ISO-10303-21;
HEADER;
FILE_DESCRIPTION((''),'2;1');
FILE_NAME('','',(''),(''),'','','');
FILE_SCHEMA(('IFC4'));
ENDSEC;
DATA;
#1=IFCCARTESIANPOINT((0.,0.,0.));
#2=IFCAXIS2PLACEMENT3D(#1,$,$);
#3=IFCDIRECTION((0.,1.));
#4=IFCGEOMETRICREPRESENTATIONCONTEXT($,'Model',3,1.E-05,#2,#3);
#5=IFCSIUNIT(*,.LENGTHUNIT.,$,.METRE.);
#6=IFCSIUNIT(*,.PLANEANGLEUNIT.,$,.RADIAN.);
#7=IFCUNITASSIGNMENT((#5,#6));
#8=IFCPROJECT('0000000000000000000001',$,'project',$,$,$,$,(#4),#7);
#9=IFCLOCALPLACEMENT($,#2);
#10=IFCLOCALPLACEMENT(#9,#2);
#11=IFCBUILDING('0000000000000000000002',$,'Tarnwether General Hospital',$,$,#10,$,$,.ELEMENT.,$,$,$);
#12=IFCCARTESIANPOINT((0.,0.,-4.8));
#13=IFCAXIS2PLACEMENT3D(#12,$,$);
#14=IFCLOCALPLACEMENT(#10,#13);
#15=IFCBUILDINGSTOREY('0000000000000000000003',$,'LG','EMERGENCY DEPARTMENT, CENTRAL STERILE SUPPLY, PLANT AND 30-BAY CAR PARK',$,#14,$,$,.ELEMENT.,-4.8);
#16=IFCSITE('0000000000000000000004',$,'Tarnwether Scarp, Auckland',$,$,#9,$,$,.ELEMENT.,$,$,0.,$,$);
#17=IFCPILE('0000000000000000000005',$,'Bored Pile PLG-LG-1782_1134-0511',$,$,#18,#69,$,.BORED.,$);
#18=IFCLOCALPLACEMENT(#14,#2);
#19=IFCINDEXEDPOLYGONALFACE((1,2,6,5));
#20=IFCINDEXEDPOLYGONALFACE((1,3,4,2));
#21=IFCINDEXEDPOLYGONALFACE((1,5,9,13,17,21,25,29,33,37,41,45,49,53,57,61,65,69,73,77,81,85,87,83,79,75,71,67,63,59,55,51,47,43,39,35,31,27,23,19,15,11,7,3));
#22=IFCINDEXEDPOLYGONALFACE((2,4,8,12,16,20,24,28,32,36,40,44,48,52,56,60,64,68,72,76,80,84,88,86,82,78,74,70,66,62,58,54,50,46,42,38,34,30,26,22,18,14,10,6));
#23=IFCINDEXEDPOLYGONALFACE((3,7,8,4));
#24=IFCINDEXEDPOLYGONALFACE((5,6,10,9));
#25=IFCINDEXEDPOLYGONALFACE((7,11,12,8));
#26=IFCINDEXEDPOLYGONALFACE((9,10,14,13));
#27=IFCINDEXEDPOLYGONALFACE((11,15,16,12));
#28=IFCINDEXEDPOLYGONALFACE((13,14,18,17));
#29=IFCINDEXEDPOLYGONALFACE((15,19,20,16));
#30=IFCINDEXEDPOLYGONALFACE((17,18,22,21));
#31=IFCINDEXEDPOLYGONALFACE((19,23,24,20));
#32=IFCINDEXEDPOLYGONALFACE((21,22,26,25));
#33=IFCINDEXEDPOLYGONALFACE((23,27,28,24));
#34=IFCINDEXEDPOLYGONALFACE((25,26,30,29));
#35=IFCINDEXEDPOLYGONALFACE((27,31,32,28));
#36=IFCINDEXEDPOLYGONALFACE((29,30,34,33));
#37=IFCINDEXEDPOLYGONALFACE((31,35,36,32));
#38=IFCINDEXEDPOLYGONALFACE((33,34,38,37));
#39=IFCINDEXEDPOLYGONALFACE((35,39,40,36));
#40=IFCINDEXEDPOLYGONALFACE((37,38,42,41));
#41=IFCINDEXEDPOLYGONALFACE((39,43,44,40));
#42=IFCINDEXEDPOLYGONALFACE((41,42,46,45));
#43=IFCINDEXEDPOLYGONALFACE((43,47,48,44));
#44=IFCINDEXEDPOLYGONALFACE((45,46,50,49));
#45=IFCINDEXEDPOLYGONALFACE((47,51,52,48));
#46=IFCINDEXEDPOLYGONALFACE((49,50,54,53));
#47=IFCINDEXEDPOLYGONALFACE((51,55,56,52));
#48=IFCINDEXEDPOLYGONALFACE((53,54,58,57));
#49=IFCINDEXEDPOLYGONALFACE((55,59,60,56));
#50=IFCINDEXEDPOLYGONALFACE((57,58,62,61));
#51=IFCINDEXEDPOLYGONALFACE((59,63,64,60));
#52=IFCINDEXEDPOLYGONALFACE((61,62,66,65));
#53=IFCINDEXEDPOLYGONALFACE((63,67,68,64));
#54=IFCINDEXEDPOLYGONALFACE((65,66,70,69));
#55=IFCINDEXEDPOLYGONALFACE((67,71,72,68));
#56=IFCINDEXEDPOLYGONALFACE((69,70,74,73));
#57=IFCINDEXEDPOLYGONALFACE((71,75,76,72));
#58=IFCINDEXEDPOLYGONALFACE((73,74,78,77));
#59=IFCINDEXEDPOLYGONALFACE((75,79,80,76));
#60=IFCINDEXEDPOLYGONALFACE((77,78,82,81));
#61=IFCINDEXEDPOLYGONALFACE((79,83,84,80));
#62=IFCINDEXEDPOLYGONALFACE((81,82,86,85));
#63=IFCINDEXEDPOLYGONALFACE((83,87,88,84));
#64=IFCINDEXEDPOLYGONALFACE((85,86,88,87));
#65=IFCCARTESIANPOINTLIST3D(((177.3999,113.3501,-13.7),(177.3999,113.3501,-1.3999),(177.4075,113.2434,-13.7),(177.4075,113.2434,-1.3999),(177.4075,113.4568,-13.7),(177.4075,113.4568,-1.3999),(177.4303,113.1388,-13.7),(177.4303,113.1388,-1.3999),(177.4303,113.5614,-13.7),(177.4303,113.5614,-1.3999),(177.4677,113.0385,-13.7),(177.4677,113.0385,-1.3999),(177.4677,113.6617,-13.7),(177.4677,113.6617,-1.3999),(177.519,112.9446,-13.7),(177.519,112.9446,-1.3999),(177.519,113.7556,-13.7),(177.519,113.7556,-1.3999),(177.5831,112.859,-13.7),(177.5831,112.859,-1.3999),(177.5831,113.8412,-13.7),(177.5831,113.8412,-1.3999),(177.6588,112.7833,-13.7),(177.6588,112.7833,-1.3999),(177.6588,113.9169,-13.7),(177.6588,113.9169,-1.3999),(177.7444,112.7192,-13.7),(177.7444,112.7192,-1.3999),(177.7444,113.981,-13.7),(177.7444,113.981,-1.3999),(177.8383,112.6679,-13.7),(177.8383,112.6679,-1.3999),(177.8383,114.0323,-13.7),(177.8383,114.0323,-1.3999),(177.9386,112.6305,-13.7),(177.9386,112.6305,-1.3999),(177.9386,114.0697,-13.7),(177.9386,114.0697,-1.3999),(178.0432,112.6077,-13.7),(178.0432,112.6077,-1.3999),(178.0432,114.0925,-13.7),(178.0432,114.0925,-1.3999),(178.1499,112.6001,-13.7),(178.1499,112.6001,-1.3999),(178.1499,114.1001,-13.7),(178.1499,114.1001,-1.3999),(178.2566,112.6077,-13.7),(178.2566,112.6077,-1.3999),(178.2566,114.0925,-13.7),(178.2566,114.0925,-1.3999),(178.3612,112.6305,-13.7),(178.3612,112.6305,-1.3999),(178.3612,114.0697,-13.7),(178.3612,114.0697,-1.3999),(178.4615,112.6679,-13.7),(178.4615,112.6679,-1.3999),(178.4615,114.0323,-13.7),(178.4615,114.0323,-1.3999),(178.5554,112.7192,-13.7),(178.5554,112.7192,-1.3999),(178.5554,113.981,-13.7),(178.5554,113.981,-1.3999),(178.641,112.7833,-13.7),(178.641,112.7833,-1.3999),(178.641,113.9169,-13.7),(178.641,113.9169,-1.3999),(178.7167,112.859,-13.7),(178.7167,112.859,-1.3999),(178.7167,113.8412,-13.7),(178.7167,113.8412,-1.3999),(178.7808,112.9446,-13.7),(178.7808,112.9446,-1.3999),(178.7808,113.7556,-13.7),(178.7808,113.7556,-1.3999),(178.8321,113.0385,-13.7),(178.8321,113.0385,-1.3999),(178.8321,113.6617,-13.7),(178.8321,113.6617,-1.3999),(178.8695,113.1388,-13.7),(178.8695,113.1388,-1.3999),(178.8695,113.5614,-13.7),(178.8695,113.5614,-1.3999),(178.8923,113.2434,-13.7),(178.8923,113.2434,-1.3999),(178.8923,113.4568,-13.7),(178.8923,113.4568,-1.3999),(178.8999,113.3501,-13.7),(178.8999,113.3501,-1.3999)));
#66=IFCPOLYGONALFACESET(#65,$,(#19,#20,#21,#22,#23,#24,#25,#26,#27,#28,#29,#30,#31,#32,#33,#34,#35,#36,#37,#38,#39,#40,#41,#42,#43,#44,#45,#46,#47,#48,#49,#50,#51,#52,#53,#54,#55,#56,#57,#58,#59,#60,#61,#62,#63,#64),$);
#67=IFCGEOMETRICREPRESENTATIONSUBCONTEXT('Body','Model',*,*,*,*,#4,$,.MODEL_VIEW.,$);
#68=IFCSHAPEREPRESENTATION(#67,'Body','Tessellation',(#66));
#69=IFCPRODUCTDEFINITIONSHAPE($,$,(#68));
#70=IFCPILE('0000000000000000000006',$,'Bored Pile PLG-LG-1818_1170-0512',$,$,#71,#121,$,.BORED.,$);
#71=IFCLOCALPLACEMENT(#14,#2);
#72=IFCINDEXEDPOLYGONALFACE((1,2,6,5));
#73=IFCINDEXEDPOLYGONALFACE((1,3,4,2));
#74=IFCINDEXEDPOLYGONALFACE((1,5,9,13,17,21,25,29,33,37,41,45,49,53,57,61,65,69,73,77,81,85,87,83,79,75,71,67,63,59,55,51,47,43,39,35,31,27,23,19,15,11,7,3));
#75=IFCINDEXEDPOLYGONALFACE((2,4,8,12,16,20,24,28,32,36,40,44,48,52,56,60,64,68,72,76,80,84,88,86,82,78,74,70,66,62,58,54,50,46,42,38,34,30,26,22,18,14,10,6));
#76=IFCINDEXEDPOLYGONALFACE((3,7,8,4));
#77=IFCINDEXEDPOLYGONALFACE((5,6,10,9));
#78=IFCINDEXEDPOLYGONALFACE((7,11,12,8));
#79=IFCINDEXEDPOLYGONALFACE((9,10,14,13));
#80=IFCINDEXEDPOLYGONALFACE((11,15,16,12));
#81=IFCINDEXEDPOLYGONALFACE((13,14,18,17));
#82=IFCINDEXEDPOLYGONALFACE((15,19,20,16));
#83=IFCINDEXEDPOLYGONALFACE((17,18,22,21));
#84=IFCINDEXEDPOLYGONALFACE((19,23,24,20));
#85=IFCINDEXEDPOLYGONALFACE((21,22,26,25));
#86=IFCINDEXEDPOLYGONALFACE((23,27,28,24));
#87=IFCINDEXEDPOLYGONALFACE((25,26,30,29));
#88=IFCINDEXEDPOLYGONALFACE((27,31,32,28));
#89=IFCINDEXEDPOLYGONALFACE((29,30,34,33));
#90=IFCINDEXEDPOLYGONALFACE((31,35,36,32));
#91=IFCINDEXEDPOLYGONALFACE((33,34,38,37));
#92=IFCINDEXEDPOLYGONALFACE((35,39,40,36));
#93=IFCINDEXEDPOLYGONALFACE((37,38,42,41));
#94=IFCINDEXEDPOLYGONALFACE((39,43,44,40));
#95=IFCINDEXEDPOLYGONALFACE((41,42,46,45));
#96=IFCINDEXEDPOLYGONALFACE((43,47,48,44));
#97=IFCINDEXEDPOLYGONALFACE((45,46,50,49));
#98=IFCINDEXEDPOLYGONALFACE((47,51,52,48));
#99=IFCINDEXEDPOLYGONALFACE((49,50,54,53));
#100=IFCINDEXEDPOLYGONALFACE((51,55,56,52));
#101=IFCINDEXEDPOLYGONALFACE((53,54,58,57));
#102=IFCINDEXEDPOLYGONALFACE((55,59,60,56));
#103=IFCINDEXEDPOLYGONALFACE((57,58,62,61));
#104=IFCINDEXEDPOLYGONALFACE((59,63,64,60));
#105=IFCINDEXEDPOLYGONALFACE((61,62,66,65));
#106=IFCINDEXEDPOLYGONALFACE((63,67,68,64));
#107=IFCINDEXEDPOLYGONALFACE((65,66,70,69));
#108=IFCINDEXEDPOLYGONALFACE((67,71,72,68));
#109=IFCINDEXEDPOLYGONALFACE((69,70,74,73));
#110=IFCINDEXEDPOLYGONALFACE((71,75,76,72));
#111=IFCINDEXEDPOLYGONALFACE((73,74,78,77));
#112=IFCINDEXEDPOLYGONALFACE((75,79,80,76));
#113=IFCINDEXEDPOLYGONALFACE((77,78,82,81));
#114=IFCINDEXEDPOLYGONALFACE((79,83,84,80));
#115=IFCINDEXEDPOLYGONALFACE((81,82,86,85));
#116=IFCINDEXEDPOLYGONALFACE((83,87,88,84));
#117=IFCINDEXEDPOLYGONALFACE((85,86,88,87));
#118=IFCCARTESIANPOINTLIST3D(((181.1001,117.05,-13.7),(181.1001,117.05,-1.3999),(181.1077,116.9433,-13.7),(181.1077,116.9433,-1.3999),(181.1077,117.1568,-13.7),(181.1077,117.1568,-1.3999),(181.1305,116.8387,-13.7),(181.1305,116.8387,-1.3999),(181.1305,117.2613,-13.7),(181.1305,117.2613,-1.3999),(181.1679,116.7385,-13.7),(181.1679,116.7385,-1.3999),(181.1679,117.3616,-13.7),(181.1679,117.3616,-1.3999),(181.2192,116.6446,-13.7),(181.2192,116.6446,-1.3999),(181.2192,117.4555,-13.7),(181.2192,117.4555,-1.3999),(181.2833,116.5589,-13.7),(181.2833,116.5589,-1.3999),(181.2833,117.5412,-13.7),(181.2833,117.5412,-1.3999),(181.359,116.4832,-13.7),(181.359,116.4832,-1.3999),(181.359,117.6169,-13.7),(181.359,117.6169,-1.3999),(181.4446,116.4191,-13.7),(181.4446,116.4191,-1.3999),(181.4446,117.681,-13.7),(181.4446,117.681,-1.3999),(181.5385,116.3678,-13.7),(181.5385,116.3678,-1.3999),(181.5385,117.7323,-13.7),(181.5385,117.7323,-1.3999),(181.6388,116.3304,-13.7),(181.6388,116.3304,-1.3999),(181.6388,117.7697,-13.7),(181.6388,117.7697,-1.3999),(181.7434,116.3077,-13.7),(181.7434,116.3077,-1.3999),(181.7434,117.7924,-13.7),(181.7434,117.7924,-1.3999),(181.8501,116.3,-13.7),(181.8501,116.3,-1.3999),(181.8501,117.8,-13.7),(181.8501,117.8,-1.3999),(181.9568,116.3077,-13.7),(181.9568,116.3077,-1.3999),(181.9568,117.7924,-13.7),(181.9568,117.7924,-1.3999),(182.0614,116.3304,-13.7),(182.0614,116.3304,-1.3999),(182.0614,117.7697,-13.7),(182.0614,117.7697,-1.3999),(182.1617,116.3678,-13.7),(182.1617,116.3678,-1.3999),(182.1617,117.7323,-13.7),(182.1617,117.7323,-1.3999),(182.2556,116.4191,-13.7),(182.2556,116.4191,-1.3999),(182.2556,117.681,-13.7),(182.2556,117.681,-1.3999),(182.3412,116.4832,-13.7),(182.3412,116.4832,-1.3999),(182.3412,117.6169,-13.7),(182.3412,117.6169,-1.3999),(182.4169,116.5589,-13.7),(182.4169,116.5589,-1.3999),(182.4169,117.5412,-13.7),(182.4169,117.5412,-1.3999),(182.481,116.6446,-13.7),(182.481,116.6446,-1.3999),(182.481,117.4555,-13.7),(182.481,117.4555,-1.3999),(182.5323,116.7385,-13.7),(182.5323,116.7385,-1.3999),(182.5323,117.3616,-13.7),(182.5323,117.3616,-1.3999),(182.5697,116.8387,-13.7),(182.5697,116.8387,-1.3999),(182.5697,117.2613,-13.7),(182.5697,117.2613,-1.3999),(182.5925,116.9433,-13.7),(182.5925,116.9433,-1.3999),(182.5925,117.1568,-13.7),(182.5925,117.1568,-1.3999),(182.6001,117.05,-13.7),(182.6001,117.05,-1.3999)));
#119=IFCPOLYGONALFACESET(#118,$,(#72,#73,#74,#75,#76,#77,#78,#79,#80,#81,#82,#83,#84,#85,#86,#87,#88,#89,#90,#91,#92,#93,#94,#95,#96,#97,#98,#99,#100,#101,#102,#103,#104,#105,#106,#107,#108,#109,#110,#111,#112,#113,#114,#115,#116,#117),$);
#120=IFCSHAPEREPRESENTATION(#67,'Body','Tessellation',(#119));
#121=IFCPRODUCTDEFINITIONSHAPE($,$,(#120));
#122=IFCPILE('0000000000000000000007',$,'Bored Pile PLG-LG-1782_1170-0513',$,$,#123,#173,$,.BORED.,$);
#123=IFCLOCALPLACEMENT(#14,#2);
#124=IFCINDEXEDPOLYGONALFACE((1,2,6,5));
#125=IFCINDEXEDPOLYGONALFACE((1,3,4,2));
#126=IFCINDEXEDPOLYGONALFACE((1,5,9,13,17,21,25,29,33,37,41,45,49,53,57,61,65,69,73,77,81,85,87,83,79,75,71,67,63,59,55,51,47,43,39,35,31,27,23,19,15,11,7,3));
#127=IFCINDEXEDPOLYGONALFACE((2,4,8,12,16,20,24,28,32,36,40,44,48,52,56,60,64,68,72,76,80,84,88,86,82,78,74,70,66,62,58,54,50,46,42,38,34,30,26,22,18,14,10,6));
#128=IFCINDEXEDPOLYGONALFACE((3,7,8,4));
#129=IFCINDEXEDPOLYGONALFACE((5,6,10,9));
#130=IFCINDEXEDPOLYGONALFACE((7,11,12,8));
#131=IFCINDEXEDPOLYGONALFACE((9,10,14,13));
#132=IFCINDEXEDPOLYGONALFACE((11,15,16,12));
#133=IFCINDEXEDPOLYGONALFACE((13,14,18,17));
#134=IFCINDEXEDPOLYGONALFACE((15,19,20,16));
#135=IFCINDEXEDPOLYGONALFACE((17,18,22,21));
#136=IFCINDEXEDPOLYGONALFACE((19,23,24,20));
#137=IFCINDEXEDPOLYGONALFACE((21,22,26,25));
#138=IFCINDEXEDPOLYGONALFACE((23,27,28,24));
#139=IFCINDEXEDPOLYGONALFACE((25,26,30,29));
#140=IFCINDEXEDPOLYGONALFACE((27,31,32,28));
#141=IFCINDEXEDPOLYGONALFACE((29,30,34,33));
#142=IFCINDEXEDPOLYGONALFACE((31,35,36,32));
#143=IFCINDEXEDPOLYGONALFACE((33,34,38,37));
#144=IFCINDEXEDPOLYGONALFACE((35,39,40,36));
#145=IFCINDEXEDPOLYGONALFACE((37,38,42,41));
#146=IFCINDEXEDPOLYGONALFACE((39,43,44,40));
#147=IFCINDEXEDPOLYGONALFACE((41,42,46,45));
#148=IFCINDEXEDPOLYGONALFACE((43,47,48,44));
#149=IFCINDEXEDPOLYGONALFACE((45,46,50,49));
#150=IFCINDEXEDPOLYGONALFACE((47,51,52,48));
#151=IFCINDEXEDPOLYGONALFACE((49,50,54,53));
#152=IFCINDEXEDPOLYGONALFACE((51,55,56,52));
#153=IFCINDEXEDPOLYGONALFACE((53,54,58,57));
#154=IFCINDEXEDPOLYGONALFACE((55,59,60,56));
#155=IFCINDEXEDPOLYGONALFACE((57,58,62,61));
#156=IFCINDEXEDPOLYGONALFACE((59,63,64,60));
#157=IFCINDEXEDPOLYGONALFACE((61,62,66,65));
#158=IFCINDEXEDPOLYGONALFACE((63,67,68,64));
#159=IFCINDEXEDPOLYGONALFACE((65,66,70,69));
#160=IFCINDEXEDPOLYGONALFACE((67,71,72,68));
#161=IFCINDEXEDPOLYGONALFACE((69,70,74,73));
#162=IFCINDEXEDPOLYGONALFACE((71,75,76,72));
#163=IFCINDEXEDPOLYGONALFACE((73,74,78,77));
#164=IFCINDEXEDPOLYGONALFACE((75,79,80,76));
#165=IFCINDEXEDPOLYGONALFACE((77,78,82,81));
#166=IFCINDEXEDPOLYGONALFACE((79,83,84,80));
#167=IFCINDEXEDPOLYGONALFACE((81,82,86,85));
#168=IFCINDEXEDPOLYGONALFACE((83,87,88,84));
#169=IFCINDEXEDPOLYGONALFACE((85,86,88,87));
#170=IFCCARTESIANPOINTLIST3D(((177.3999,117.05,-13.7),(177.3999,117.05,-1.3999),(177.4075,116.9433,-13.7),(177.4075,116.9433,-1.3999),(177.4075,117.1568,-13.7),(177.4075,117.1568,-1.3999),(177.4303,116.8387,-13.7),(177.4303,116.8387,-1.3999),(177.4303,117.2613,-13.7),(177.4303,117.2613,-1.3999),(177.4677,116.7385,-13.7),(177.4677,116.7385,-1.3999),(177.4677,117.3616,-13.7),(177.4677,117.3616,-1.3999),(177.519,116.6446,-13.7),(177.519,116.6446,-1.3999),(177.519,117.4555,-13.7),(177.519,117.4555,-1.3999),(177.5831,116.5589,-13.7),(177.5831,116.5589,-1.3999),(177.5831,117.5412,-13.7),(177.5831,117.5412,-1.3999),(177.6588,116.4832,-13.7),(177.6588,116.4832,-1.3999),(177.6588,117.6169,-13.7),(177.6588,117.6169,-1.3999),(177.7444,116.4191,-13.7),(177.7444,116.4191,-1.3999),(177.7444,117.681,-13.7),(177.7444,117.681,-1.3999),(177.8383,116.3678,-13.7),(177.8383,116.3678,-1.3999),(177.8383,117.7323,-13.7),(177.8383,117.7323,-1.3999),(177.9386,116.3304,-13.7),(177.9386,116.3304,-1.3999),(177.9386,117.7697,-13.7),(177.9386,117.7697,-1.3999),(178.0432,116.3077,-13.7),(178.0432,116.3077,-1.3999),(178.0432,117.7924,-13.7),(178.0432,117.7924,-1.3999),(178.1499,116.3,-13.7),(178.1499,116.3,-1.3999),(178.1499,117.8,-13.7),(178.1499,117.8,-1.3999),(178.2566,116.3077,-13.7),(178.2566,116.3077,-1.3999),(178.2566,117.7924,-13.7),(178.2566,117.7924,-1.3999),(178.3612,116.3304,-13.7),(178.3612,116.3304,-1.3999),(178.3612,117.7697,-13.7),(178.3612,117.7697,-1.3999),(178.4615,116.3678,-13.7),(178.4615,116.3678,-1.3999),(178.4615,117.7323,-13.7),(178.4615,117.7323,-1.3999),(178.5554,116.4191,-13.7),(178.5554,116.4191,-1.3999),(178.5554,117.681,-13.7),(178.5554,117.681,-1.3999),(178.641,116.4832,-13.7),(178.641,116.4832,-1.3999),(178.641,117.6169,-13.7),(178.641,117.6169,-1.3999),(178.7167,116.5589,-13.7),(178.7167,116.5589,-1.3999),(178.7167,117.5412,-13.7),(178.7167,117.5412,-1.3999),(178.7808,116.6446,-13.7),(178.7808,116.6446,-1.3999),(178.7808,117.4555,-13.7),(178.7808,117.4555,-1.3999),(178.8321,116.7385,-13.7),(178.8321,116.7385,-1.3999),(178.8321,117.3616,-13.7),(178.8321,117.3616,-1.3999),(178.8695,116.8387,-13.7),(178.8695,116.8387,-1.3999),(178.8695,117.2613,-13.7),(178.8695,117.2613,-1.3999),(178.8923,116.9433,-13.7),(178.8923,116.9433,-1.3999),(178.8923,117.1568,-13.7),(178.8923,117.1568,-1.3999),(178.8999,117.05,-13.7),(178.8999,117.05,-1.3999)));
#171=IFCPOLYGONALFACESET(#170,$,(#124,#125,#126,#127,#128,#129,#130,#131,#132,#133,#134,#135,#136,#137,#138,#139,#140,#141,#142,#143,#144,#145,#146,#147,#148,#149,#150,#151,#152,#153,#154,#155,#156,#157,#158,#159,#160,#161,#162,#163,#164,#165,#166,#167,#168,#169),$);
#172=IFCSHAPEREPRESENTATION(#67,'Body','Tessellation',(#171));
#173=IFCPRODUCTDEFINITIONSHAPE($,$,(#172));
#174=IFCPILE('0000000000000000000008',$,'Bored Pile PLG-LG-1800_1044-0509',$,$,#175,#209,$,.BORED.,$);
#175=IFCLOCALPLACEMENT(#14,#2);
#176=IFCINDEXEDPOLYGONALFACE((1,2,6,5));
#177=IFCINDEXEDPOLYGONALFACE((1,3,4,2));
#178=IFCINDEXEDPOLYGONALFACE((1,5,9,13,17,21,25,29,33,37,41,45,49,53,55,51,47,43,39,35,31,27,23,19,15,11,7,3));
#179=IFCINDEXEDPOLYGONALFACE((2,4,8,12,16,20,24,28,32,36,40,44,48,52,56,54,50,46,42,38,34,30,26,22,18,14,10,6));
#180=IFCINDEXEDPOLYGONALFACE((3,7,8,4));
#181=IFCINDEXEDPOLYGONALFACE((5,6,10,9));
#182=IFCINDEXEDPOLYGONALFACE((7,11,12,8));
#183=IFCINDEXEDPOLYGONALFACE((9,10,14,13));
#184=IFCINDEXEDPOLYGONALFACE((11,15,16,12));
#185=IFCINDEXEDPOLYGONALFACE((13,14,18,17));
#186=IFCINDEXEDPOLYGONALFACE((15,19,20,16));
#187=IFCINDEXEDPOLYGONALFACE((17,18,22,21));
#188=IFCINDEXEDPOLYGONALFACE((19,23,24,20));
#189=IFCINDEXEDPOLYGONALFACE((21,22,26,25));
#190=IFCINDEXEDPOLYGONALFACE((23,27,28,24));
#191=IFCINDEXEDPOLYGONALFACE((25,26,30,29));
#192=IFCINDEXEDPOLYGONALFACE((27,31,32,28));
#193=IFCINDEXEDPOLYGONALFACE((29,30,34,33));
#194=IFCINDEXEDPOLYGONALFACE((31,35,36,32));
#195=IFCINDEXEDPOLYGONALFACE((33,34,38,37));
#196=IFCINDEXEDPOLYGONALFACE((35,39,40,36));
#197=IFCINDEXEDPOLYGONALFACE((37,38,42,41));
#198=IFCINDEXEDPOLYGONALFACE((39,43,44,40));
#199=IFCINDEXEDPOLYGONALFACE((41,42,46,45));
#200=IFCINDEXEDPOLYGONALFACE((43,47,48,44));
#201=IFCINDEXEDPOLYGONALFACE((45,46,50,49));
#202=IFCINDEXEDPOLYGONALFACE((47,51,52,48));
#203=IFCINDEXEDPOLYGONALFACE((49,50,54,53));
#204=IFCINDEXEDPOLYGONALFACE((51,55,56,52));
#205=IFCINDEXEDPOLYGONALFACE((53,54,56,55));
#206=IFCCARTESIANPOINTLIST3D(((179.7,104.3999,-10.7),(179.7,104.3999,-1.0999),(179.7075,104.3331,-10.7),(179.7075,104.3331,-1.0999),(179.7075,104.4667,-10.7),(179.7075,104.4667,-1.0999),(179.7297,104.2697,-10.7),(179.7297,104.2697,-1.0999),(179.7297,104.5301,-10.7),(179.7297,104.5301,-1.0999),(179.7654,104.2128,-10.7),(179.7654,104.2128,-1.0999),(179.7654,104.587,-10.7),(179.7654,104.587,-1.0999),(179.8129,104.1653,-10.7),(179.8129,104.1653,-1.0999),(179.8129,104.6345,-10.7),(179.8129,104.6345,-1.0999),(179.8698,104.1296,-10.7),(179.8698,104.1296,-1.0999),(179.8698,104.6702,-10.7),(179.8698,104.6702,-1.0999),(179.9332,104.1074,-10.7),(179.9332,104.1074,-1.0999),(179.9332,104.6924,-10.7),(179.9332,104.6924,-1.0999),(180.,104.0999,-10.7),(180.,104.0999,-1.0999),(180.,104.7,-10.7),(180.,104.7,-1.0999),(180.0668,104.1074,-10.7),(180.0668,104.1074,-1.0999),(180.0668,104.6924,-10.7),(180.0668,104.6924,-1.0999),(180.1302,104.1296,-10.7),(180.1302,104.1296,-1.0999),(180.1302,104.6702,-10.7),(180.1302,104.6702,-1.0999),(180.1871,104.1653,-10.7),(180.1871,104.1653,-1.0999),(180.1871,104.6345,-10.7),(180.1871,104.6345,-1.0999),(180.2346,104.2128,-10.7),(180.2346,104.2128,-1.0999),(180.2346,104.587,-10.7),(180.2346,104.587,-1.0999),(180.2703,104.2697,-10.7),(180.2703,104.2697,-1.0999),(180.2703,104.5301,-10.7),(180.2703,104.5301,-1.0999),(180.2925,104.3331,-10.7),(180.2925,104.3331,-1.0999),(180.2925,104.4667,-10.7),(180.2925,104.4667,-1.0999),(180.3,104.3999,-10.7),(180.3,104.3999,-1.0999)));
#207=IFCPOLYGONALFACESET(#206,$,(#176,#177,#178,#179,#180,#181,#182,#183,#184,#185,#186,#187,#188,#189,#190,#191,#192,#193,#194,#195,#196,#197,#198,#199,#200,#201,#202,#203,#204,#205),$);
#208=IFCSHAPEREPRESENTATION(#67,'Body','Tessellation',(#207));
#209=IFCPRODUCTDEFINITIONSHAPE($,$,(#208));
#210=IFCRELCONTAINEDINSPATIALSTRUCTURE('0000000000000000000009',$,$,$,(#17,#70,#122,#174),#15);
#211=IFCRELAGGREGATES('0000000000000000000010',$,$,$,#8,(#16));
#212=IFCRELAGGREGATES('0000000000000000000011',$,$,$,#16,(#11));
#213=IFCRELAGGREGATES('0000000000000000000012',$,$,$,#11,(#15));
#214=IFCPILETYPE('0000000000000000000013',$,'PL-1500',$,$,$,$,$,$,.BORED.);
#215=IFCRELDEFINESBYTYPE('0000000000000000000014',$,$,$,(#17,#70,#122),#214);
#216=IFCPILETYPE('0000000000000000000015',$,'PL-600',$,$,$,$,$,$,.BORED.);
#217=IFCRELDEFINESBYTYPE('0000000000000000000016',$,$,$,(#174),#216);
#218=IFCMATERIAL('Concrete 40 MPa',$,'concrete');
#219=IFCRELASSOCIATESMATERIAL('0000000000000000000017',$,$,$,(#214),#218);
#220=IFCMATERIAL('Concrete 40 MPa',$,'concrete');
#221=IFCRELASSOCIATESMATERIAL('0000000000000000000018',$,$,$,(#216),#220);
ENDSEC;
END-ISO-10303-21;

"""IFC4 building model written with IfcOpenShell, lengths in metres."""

from ifc_helpers import new_model, si_unit, direction, frame, origin, origin_2d, place, context, subcontext, project, spatial, circle, extrude, material, material_profile, profile_set, type_object, element, save


model = new_model("IFC4")

# Units and contexts
model_context = context("Model", 3, precision=1e-05, world=origin(), true_north=direction((0.0, 1.0)))
body_context = subcontext(model_context, "Body", "Model", "MODEL_VIEW")
ifc_project = project(units=[si_unit("LENGTHUNIT", "METRE"), si_unit("PLANEANGLEUNIT", "RADIAN")], contexts=[model_context])

# Site, building, storey
site_placement = place(None, origin())
site = spatial("IfcSite", under=ifc_project, at=site_placement, Name="Tarnwether Scarp, Auckland", CompositionType="ELEMENT", RefElevation=0.0)
building_placement = place(site_placement, origin())
building = spatial("IfcBuilding", under=site, at=building_placement, Name="Tarnwether General Hospital", CompositionType="ELEMENT")
storey_placement = place(building_placement, frame((0.0, 0.0, -4.8)))
storey = spatial("IfcBuildingStorey", under=building, at=storey_placement, Name="LG", Description="EMERGENCY DEPARTMENT, CENTRAL STERILE SUPPLY, PLANT AND 30-BAY CAR PARK", CompositionType="ELEMENT", Elevation=-4.8)

# Piles
ifc_material_1 = material(Name="Concrete 40 MPa", Category="concrete")
ifc_material_profile_1 = material_profile(ifc_material_1, circle(Radius=0.75, at=origin_2d()), Name="PILE-D1500")
ifc_profile_set_1 = profile_set([ifc_material_profile_1], Name="Concrete 40 MPa")
pile_type_1 = type_object("IfcPileType", Name="PL-1500", PredefinedType="BORED", material=ifc_profile_set_1)
for number, where, z_axis, x_axis, name in (
    (1, (178.1499, 113.3501, -1.3999), (0.0, 0.0, -1.0), (1.0, 0.0, 0.0), "Bored Pile PLG-LG-1782_1134-0511"),
    (2, (181.8501, 117.05, -1.3999), (0.0, 0.0, -1.0), (1.0, 0.0, 0.0), "Bored Pile PLG-LG-1818_1170-0512"),
    (3, (178.1499, 117.05, -1.3999), (0.0, 0.0, -1.0), (1.0, 0.0, 0.0), "Bored Pile PLG-LG-1782_1170-0513"),
):
    element("IfcPile", number, at=place(storey_placement, frame(where, z_axis=z_axis, x_axis=x_axis)), inside=storey, type_object=pile_type_1, Name=name, PredefinedType="BORED", context=body_context, shape_type="SweptSolid", body=[
        extrude(circle(Radius=0.75, at=origin_2d()), origin(), (0.0, 0.0, 1.0), 12.3),
    ])
ifc_material_2 = material(Name="Concrete 40 MPa", Category="concrete")
ifc_material_profile_2 = material_profile(ifc_material_2, circle(Radius=0.3, at=origin_2d()), Name="PILE-D600")
ifc_profile_set_2 = profile_set([ifc_material_profile_2], Name="Concrete 40 MPa")
pile_type_2 = type_object("IfcPileType", Name="PL-600", PredefinedType="BORED", material=ifc_profile_set_2)
pile_1_placement = place(storey_placement, frame((180.0, 104.3999, -1.0999), z_axis=(0.0, 0.0, -1.0), x_axis=(1.0, 0.0, 0.0)))
element("IfcPile", 4, at=pile_1_placement, inside=storey, type_object=pile_type_2, Name="Bored Pile PLG-LG-1800_1044-0509", PredefinedType="BORED", context=body_context, shape_type="SweptSolid", body=[
    extrude(circle(Radius=0.3, at=origin_2d()), origin(), (0.0, 0.0, 1.0), 9.6001),
])

save(model, "model.ifc")
